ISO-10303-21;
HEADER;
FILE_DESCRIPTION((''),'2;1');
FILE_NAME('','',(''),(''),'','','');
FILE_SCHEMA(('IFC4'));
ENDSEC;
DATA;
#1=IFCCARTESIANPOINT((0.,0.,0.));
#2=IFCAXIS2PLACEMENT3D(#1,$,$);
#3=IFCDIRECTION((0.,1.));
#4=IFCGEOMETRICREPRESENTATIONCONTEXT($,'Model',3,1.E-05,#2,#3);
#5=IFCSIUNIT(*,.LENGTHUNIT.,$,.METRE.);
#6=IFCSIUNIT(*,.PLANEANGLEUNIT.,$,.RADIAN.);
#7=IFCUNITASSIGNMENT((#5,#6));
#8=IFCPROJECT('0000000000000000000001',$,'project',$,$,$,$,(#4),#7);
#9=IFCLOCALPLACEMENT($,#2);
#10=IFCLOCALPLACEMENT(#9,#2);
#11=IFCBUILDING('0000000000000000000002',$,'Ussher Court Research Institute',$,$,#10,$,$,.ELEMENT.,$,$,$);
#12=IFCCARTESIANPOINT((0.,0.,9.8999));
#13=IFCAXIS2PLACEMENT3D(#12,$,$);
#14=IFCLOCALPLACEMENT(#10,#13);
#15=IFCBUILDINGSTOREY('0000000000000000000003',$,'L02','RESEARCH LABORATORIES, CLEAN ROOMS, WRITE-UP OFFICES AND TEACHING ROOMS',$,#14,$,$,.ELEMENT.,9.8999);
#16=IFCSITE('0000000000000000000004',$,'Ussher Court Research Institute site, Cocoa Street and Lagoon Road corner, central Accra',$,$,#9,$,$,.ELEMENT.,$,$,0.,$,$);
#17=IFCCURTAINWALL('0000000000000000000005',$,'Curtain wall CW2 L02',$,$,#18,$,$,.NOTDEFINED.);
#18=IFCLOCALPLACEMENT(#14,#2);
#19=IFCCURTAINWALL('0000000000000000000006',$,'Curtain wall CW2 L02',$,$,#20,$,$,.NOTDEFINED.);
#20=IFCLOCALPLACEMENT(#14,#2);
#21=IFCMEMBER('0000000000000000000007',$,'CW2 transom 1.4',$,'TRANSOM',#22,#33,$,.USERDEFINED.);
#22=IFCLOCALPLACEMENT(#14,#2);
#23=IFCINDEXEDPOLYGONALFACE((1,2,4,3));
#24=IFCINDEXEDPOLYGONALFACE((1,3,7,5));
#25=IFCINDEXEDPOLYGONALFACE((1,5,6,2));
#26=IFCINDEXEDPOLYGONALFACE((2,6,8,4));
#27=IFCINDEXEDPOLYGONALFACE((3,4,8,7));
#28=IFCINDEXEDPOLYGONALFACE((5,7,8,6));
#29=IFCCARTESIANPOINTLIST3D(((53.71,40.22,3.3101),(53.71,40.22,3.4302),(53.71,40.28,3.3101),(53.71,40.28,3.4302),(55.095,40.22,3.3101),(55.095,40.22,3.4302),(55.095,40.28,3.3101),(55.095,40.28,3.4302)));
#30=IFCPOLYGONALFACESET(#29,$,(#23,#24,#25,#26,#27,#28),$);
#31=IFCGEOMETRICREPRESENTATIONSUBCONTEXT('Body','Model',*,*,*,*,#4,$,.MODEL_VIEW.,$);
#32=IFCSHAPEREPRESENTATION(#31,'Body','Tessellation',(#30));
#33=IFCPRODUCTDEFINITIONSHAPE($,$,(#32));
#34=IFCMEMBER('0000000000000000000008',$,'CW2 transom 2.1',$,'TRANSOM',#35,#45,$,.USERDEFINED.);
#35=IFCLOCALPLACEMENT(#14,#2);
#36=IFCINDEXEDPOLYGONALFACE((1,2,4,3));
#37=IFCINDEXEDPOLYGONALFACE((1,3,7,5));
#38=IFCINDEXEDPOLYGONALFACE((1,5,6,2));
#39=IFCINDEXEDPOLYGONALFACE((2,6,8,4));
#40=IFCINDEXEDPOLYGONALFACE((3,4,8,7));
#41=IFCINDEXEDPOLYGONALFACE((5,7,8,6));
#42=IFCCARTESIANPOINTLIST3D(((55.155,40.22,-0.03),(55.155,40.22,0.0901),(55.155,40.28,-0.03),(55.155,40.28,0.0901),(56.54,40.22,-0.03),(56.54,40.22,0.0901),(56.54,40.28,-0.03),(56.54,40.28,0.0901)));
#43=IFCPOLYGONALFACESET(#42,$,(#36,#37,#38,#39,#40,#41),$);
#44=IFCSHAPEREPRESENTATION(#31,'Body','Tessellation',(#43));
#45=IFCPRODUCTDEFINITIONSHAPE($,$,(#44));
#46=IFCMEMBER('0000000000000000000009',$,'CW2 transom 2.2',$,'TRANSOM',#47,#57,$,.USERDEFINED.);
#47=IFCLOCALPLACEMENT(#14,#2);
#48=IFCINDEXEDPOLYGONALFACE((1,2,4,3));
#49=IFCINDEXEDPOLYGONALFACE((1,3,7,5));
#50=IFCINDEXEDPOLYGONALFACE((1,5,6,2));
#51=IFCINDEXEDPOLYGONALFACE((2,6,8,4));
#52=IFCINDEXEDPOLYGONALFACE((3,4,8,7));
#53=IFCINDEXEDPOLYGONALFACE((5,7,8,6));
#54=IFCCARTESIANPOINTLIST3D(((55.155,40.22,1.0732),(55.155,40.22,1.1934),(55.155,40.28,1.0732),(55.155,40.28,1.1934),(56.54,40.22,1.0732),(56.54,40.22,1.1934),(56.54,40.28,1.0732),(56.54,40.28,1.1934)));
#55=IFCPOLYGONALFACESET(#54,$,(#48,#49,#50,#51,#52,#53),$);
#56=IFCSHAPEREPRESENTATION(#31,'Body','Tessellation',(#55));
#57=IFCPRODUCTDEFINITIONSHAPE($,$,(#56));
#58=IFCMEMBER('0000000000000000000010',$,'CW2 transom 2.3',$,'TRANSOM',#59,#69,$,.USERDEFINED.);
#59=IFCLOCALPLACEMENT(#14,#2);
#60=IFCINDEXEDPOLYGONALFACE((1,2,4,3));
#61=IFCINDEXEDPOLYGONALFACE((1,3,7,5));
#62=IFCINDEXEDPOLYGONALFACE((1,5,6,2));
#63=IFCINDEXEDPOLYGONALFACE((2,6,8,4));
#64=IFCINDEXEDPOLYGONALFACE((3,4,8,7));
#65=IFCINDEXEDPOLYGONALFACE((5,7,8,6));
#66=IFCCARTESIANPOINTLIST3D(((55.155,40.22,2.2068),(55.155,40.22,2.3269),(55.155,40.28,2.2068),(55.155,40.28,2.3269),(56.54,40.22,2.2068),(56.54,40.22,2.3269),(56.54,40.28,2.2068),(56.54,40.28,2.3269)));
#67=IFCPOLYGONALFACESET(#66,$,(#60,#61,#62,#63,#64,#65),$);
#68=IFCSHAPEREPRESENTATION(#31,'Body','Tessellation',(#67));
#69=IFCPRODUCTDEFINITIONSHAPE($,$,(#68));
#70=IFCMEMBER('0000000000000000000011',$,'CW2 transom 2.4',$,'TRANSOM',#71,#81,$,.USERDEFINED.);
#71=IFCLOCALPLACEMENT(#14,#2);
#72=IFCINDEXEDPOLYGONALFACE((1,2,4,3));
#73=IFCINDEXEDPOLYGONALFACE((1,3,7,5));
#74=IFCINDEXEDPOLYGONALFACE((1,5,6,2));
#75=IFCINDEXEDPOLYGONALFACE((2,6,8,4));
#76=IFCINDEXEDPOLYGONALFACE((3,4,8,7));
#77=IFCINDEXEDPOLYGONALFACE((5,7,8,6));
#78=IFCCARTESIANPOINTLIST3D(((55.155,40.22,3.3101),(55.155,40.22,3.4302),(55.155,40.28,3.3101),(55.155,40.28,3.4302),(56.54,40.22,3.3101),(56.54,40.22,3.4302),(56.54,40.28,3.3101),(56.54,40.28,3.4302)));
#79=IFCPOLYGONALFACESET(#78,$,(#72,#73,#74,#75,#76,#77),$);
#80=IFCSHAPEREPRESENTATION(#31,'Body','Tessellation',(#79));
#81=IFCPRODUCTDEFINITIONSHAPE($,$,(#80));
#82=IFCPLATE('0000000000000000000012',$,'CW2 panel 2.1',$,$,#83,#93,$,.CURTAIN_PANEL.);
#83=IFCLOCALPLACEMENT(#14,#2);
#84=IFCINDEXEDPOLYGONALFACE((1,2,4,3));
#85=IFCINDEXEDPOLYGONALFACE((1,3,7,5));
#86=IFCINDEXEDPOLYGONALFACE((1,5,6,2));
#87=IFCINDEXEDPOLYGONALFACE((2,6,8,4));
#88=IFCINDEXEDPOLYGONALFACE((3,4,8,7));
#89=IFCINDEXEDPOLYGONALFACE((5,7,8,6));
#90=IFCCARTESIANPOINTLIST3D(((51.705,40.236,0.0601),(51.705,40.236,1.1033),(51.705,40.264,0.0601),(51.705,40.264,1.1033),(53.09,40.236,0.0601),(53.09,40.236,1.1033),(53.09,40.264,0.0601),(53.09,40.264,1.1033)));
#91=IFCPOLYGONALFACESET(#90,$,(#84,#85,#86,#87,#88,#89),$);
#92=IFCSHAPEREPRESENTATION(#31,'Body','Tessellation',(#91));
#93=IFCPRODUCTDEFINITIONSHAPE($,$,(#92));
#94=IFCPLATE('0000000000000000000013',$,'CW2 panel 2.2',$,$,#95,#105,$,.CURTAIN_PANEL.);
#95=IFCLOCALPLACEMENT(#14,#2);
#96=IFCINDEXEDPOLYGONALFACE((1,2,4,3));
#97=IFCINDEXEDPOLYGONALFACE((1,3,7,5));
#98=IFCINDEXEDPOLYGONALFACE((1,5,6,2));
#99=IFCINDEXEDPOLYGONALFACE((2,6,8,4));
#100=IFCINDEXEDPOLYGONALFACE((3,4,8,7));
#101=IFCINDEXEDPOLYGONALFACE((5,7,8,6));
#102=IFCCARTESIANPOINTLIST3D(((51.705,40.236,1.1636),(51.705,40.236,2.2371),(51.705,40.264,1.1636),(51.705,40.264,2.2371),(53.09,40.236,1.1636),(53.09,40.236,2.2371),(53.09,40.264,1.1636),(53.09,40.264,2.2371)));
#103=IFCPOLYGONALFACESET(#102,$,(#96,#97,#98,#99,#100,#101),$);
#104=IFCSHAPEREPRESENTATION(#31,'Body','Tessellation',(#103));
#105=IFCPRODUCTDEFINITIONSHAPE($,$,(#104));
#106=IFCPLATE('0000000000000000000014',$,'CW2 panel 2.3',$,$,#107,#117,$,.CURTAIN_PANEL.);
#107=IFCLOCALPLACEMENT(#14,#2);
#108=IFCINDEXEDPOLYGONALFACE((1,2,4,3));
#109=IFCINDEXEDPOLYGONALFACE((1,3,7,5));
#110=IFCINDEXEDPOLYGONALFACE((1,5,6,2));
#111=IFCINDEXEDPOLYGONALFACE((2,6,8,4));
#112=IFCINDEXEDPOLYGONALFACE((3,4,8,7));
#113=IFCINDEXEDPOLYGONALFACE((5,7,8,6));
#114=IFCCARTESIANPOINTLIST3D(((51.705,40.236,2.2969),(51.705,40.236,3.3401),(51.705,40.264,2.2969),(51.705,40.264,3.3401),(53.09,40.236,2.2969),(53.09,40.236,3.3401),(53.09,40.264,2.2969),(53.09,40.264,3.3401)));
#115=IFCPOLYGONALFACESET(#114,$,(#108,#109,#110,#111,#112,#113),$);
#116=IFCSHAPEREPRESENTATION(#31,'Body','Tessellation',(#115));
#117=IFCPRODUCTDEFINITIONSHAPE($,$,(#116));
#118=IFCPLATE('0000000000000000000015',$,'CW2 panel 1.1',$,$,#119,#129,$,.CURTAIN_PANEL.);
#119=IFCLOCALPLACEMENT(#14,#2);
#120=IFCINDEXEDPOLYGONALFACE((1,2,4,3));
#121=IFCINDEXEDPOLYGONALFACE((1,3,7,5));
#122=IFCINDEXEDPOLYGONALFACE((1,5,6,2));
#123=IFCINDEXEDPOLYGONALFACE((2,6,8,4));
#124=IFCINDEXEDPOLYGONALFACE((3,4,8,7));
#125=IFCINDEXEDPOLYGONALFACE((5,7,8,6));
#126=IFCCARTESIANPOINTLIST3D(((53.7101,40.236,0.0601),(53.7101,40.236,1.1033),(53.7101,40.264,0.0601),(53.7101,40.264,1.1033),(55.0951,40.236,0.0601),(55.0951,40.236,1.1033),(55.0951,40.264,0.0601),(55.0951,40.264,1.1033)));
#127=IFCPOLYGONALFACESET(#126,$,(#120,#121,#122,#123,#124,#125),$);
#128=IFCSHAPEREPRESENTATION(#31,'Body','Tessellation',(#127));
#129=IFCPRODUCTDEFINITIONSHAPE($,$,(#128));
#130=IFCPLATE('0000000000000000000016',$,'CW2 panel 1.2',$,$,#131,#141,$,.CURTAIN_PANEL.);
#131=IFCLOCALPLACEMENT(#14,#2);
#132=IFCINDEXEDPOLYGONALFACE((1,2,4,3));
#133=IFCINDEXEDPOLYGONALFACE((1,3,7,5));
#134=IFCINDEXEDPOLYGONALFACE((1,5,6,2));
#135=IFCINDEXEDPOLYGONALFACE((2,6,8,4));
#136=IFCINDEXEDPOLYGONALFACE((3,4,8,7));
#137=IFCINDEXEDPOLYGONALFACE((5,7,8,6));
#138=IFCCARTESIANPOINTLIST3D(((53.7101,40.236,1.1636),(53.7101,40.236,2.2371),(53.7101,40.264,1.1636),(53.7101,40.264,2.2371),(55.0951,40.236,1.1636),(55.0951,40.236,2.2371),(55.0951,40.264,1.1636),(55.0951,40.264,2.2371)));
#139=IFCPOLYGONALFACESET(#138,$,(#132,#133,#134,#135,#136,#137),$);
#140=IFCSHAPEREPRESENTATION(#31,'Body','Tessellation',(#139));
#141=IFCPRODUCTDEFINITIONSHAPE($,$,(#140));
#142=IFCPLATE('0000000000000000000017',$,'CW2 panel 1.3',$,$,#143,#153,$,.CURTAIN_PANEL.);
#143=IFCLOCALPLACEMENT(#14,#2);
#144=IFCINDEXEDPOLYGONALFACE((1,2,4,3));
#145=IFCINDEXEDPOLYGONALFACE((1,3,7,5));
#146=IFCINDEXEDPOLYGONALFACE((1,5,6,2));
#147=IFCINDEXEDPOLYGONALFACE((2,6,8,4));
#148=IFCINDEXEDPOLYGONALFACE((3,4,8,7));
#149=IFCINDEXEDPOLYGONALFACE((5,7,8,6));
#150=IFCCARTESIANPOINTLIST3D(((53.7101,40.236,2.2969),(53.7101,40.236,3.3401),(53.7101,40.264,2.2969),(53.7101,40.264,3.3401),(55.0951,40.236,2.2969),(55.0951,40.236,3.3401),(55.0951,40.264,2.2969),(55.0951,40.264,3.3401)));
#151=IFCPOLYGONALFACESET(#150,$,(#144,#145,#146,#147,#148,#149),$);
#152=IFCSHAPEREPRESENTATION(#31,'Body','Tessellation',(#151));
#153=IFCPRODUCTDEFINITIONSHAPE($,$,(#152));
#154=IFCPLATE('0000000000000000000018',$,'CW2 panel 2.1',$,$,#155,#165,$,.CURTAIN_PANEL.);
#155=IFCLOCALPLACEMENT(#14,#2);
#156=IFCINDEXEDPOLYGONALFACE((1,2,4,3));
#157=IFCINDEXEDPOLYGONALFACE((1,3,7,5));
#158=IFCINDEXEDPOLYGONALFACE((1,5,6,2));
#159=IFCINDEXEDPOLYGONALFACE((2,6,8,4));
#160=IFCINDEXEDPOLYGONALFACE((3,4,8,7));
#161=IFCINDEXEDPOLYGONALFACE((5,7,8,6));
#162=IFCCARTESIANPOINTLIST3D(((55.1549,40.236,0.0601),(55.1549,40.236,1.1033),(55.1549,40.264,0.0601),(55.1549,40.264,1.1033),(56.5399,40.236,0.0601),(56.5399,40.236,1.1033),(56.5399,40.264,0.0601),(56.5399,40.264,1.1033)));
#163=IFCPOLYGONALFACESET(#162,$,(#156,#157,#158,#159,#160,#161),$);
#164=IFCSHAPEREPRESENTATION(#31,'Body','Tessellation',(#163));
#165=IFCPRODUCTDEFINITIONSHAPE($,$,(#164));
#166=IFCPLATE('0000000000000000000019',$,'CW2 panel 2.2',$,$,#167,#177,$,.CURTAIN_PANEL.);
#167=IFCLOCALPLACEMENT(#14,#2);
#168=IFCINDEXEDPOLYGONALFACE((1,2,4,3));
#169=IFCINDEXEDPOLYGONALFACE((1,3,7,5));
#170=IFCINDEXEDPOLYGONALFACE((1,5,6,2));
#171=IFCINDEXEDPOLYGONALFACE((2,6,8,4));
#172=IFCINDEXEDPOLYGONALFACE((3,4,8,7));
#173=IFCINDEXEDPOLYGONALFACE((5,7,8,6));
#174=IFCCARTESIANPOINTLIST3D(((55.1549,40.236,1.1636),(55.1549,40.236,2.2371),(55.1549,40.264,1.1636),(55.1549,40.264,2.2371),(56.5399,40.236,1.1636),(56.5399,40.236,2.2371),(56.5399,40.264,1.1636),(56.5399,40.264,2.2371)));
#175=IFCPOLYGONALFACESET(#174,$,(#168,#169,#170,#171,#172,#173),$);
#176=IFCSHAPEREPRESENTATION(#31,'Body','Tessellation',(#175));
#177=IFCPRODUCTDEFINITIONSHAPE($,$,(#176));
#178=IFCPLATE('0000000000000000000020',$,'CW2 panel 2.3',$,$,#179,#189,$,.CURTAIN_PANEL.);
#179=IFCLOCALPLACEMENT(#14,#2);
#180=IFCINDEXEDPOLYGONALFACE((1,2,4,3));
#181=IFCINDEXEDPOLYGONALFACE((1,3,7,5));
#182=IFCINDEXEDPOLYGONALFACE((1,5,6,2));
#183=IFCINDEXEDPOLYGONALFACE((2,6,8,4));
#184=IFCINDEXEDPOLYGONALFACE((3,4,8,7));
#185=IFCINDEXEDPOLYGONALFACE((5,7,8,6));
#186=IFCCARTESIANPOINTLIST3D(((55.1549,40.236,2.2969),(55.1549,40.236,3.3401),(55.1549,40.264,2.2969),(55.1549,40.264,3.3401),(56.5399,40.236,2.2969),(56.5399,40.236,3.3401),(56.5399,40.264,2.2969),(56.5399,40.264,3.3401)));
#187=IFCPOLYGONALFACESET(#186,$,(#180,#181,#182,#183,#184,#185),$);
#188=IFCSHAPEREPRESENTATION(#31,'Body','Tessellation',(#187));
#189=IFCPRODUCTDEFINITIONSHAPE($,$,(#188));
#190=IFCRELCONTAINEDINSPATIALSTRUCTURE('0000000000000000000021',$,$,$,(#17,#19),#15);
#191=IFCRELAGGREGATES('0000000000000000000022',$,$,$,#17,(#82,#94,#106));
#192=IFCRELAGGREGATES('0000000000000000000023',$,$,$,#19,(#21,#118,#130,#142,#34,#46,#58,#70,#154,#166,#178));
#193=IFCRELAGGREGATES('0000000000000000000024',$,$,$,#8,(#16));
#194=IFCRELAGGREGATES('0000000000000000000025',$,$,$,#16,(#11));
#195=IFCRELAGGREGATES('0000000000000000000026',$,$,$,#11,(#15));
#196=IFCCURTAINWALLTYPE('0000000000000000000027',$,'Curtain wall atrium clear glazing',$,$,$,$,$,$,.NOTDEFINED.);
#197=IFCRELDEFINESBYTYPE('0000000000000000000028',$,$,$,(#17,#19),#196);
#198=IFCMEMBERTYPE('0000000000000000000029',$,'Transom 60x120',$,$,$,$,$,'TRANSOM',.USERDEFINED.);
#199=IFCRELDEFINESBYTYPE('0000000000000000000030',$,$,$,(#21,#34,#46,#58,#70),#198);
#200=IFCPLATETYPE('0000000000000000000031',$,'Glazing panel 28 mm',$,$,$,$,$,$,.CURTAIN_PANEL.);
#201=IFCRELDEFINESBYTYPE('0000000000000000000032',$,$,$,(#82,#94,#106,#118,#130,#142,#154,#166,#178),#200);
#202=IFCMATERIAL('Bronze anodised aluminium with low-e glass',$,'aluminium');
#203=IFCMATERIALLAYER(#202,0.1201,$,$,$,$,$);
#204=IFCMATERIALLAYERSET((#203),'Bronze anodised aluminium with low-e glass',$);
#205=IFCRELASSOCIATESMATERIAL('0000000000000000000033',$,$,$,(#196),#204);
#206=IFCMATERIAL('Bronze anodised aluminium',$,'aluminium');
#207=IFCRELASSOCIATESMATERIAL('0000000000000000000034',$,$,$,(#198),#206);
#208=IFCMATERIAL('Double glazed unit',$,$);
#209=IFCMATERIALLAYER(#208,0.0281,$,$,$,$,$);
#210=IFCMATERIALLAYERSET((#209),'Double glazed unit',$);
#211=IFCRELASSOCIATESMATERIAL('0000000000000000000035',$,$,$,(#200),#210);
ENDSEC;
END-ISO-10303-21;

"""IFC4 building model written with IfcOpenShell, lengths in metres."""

from ifc_helpers import new_model, si_unit, direction, frame, origin, origin_2d, place, context, subcontext, project, spatial, rectangle, extrude, material, layer, layer_set, material_profile, profile_set, type_object, element, aggregate, save


model = new_model("IFC4")

# Units and contexts
model_context = context("Model", 3, precision=1e-05, world=origin(), true_north=direction((0.0, 1.0)))
body_context = subcontext(model_context, "Body", "Model", "MODEL_VIEW")
ifc_project = project(units=[si_unit("LENGTHUNIT", "METRE"), si_unit("PLANEANGLEUNIT", "RADIAN")], contexts=[model_context])

# Site, building, storey
site_placement = place(None, origin())
site = spatial("IfcSite", under=ifc_project, at=site_placement, Name="Ussher Court Research Institute site, Cocoa Street and Lagoon Road corner, central Accra", CompositionType="ELEMENT", RefElevation=0.0)
building_placement = place(site_placement, origin())
building = spatial("IfcBuilding", under=site, at=building_placement, Name="Ussher Court Research Institute", CompositionType="ELEMENT")
storey_placement = place(building_placement, frame((0.0, 0.0, 9.8999)))
storey = spatial("IfcBuildingStorey", under=building, at=storey_placement, Name="L02", Description="RESEARCH LABORATORIES, CLEAN ROOMS, WRITE-UP OFFICES AND TEACHING ROOMS", CompositionType="ELEMENT", Elevation=9.8999)

# Curtain wall
ifc_material_1 = material(Name="Bronze anodised aluminium with low-e glass", Category="aluminium")
ifc_layer_1 = layer(ifc_material_1, 0.1201)
ifc_layer_set_1 = layer_set([ifc_layer_1], Name="Bronze anodised aluminium with low-e glass")
curtain_wall_type = type_object("IfcCurtainWallType", Name="Curtain wall atrium clear glazing", PredefinedType="NOTDEFINED", material=ifc_layer_set_1)
curtain_wall_1_placement = place(storey_placement, origin())
curtain_wall_1 = element("IfcCurtainWall", 1, at=curtain_wall_1_placement, inside=storey, type_object=curtain_wall_type, Name="Curtain wall CW2 L02", PredefinedType="NOTDEFINED")

# Curtain wall
curtain_wall_2_placement = place(storey_placement, origin())
curtain_wall_2 = element("IfcCurtainWall", 2, at=curtain_wall_2_placement, inside=storey, type_object=curtain_wall_type, Name="Curtain wall CW2 L02", PredefinedType="NOTDEFINED")

# Members
ifc_material_2 = material(Name="Bronze anodised aluminium", Category="aluminium")
ifc_material_profile_1 = material_profile(ifc_material_2, rectangle(XDim=0.0601, YDim=0.1201, at=origin_2d()), Name="Transom 60x120")
ifc_profile_set_1 = profile_set([ifc_material_profile_1], Name="Bronze anodised aluminium")
member_type_1 = type_object("IfcMemberType", Name="Transom 60x120", ElementType="TRANSOM", PredefinedType="USERDEFINED", material=ifc_profile_set_1)
member_1_placement = place(storey_placement, frame((53.71, 40.25, 3.3701), z_axis=(1.0, 0.0, 0.0), x_axis=(0.0, 1.0, 0.0)))
member_1 = element("IfcMember", 3, at=member_1_placement, type_object=member_type_1, Name="CW2 transom 1.4", ObjectType="TRANSOM", PredefinedType="USERDEFINED", context=body_context, shape_type="SweptSolid", body=[
    extrude(rectangle(XDim=0.0601, YDim=0.1201, at=origin_2d()), origin(), (0.0, 0.0, 1.0), 1.385),
])
member_2_placement = place(storey_placement, frame((55.155, 40.25, 0.03), z_axis=(1.0, 0.0, 0.0), x_axis=(0.0, 1.0, 0.0)))
member_2 = element("IfcMember", 4, at=member_2_placement, type_object=member_type_1, Name="CW2 transom 2.1", ObjectType="TRANSOM", PredefinedType="USERDEFINED", context=body_context, shape_type="SweptSolid", body=[
    extrude(rectangle(XDim=0.0601, YDim=0.1201, at=origin_2d()), origin(), (0.0, 0.0, 1.0), 1.385),
])
member_3_placement = place(storey_placement, frame((55.155, 40.25, 1.1333), z_axis=(1.0, 0.0, 0.0), x_axis=(0.0, 1.0, 0.0)))
member_3 = element("IfcMember", 5, at=member_3_placement, type_object=member_type_1, Name="CW2 transom 2.2", ObjectType="TRANSOM", PredefinedType="USERDEFINED", context=body_context, shape_type="SweptSolid", body=[
    extrude(rectangle(XDim=0.0601, YDim=0.1201, at=origin_2d()), origin(), (0.0, 0.0, 1.0), 1.385),
])
member_4_placement = place(storey_placement, frame((55.155, 40.25, 2.2668), z_axis=(1.0, 0.0, 0.0), x_axis=(0.0, 1.0, 0.0)))
member_4 = element("IfcMember", 6, at=member_4_placement, type_object=member_type_1, Name="CW2 transom 2.3", ObjectType="TRANSOM", PredefinedType="USERDEFINED", context=body_context, shape_type="SweptSolid", body=[
    extrude(rectangle(XDim=0.0601, YDim=0.1201, at=origin_2d()), origin(), (0.0, 0.0, 1.0), 1.385),
])
member_5_placement = place(storey_placement, frame((55.155, 40.25, 3.3701), z_axis=(1.0, 0.0, 0.0), x_axis=(0.0, 1.0, 0.0)))
member_5 = element("IfcMember", 7, at=member_5_placement, type_object=member_type_1, Name="CW2 transom 2.4", ObjectType="TRANSOM", PredefinedType="USERDEFINED", context=body_context, shape_type="SweptSolid", body=[
    extrude(rectangle(XDim=0.0601, YDim=0.1201, at=origin_2d()), origin(), (0.0, 0.0, 1.0), 1.385),
])

# Plates
ifc_material_3 = material(Name="Double glazed unit")
ifc_layer_2 = layer(ifc_material_3, 0.0281)
ifc_layer_set_2 = layer_set([ifc_layer_2], Name="Double glazed unit")
plate_type = type_object("IfcPlateType", Name="Glazing panel 28 mm", PredefinedType="CURTAIN_PANEL", material=ifc_layer_set_2)
plate_1_placement = place(storey_placement, frame((52.3975, 40.25, 0.0601), z_axis=(0.0, 0.0, 1.0), x_axis=(1.0, 0.0, 0.0)))
plate_1 = element("IfcPlate", 8, at=plate_1_placement, type_object=plate_type, Name="CW2 panel 2.1", PredefinedType="CURTAIN_PANEL", context=body_context, shape_type="SweptSolid", body=[
    extrude(rectangle(XDim=1.385, YDim=0.0281, at=origin_2d()), origin(), (0.0, 0.0, 1.0), 1.0432),
])
plate_2_placement = place(storey_placement, frame((52.3975, 40.25, 1.1636), z_axis=(0.0, 0.0, 1.0), x_axis=(1.0, 0.0, 0.0)))
plate_2 = element("IfcPlate", 9, at=plate_2_placement, type_object=plate_type, Name="CW2 panel 2.2", PredefinedType="CURTAIN_PANEL", context=body_context, shape_type="SweptSolid", body=[
    extrude(rectangle(XDim=1.385, YDim=0.0281, at=origin_2d()), origin(), (0.0, 0.0, 1.0), 1.0735),
])
plate_3_placement = place(storey_placement, frame((52.3975, 40.25, 2.2969), z_axis=(0.0, 0.0, 1.0), x_axis=(1.0, 0.0, 0.0)))
plate_3 = element("IfcPlate", 10, at=plate_3_placement, type_object=plate_type, Name="CW2 panel 2.3", PredefinedType="CURTAIN_PANEL", context=body_context, shape_type="SweptSolid", body=[
    extrude(rectangle(XDim=1.385, YDim=0.0281, at=origin_2d()), origin(), (0.0, 0.0, 1.0), 1.0432),
])
aggregate(curtain_wall_1, [plate_1, plate_2, plate_3])
plate_4_placement = place(storey_placement, frame((54.4026, 40.25, 0.0601), z_axis=(0.0, 0.0, 1.0), x_axis=(1.0, 0.0, 0.0)))
plate_4 = element("IfcPlate", 11, at=plate_4_placement, type_object=plate_type, Name="CW2 panel 1.1", PredefinedType="CURTAIN_PANEL", context=body_context, shape_type="SweptSolid", body=[
    extrude(rectangle(XDim=1.385, YDim=0.0281, at=origin_2d()), origin(), (0.0, 0.0, 1.0), 1.0432),
])
plate_5_placement = place(storey_placement, frame((54.4026, 40.25, 1.1636), z_axis=(0.0, 0.0, 1.0), x_axis=(1.0, 0.0, 0.0)))
plate_5 = element("IfcPlate", 12, at=plate_5_placement, type_object=plate_type, Name="CW2 panel 1.2", PredefinedType="CURTAIN_PANEL", context=body_context, shape_type="SweptSolid", body=[
    extrude(rectangle(XDim=1.385, YDim=0.0281, at=origin_2d()), origin(), (0.0, 0.0, 1.0), 1.0735),
])
plate_6_placement = place(storey_placement, frame((54.4026, 40.25, 2.2969), z_axis=(0.0, 0.0, 1.0), x_axis=(1.0, 0.0, 0.0)))
plate_6 = element("IfcPlate", 13, at=plate_6_placement, type_object=plate_type, Name="CW2 panel 1.3", PredefinedType="CURTAIN_PANEL", context=body_context, shape_type="SweptSolid", body=[
    extrude(rectangle(XDim=1.385, YDim=0.0281, at=origin_2d()), origin(), (0.0, 0.0, 1.0), 1.0432),
])
plate_7_placement = place(storey_placement, frame((55.8474, 40.25, 0.0601), z_axis=(0.0, 0.0, 1.0), x_axis=(1.0, 0.0, 0.0)))
plate_7 = element("IfcPlate", 14, at=plate_7_placement, type_object=plate_type, Name="CW2 panel 2.1", PredefinedType="CURTAIN_PANEL", context=body_context, shape_type="SweptSolid", body=[
    extrude(rectangle(XDim=1.385, YDim=0.0281, at=origin_2d()), origin(), (0.0, 0.0, 1.0), 1.0432),
])
plate_8_placement = place(storey_placement, frame((55.8474, 40.25, 1.1636), z_axis=(0.0, 0.0, 1.0), x_axis=(1.0, 0.0, 0.0)))
plate_8 = element("IfcPlate", 15, at=plate_8_placement, type_object=plate_type, Name="CW2 panel 2.2", PredefinedType="CURTAIN_PANEL", context=body_context, shape_type="SweptSolid", body=[
    extrude(rectangle(XDim=1.385, YDim=0.0281, at=origin_2d()), origin(), (0.0, 0.0, 1.0), 1.0735),
])
plate_9_placement = place(storey_placement, frame((55.8474, 40.25, 2.2969), z_axis=(0.0, 0.0, 1.0), x_axis=(1.0, 0.0, 0.0)))
plate_9 = element("IfcPlate", 16, at=plate_9_placement, type_object=plate_type, Name="CW2 panel 2.3", PredefinedType="CURTAIN_PANEL", context=body_context, shape_type="SweptSolid", body=[
    extrude(rectangle(XDim=1.385, YDim=0.0281, at=origin_2d()), origin(), (0.0, 0.0, 1.0), 1.0432),
])
aggregate(curtain_wall_2, [member_1, plate_4, plate_5, plate_6, member_2, member_3, member_4, member_5, plate_7, plate_8, plate_9])

save(model, "model.ifc")
